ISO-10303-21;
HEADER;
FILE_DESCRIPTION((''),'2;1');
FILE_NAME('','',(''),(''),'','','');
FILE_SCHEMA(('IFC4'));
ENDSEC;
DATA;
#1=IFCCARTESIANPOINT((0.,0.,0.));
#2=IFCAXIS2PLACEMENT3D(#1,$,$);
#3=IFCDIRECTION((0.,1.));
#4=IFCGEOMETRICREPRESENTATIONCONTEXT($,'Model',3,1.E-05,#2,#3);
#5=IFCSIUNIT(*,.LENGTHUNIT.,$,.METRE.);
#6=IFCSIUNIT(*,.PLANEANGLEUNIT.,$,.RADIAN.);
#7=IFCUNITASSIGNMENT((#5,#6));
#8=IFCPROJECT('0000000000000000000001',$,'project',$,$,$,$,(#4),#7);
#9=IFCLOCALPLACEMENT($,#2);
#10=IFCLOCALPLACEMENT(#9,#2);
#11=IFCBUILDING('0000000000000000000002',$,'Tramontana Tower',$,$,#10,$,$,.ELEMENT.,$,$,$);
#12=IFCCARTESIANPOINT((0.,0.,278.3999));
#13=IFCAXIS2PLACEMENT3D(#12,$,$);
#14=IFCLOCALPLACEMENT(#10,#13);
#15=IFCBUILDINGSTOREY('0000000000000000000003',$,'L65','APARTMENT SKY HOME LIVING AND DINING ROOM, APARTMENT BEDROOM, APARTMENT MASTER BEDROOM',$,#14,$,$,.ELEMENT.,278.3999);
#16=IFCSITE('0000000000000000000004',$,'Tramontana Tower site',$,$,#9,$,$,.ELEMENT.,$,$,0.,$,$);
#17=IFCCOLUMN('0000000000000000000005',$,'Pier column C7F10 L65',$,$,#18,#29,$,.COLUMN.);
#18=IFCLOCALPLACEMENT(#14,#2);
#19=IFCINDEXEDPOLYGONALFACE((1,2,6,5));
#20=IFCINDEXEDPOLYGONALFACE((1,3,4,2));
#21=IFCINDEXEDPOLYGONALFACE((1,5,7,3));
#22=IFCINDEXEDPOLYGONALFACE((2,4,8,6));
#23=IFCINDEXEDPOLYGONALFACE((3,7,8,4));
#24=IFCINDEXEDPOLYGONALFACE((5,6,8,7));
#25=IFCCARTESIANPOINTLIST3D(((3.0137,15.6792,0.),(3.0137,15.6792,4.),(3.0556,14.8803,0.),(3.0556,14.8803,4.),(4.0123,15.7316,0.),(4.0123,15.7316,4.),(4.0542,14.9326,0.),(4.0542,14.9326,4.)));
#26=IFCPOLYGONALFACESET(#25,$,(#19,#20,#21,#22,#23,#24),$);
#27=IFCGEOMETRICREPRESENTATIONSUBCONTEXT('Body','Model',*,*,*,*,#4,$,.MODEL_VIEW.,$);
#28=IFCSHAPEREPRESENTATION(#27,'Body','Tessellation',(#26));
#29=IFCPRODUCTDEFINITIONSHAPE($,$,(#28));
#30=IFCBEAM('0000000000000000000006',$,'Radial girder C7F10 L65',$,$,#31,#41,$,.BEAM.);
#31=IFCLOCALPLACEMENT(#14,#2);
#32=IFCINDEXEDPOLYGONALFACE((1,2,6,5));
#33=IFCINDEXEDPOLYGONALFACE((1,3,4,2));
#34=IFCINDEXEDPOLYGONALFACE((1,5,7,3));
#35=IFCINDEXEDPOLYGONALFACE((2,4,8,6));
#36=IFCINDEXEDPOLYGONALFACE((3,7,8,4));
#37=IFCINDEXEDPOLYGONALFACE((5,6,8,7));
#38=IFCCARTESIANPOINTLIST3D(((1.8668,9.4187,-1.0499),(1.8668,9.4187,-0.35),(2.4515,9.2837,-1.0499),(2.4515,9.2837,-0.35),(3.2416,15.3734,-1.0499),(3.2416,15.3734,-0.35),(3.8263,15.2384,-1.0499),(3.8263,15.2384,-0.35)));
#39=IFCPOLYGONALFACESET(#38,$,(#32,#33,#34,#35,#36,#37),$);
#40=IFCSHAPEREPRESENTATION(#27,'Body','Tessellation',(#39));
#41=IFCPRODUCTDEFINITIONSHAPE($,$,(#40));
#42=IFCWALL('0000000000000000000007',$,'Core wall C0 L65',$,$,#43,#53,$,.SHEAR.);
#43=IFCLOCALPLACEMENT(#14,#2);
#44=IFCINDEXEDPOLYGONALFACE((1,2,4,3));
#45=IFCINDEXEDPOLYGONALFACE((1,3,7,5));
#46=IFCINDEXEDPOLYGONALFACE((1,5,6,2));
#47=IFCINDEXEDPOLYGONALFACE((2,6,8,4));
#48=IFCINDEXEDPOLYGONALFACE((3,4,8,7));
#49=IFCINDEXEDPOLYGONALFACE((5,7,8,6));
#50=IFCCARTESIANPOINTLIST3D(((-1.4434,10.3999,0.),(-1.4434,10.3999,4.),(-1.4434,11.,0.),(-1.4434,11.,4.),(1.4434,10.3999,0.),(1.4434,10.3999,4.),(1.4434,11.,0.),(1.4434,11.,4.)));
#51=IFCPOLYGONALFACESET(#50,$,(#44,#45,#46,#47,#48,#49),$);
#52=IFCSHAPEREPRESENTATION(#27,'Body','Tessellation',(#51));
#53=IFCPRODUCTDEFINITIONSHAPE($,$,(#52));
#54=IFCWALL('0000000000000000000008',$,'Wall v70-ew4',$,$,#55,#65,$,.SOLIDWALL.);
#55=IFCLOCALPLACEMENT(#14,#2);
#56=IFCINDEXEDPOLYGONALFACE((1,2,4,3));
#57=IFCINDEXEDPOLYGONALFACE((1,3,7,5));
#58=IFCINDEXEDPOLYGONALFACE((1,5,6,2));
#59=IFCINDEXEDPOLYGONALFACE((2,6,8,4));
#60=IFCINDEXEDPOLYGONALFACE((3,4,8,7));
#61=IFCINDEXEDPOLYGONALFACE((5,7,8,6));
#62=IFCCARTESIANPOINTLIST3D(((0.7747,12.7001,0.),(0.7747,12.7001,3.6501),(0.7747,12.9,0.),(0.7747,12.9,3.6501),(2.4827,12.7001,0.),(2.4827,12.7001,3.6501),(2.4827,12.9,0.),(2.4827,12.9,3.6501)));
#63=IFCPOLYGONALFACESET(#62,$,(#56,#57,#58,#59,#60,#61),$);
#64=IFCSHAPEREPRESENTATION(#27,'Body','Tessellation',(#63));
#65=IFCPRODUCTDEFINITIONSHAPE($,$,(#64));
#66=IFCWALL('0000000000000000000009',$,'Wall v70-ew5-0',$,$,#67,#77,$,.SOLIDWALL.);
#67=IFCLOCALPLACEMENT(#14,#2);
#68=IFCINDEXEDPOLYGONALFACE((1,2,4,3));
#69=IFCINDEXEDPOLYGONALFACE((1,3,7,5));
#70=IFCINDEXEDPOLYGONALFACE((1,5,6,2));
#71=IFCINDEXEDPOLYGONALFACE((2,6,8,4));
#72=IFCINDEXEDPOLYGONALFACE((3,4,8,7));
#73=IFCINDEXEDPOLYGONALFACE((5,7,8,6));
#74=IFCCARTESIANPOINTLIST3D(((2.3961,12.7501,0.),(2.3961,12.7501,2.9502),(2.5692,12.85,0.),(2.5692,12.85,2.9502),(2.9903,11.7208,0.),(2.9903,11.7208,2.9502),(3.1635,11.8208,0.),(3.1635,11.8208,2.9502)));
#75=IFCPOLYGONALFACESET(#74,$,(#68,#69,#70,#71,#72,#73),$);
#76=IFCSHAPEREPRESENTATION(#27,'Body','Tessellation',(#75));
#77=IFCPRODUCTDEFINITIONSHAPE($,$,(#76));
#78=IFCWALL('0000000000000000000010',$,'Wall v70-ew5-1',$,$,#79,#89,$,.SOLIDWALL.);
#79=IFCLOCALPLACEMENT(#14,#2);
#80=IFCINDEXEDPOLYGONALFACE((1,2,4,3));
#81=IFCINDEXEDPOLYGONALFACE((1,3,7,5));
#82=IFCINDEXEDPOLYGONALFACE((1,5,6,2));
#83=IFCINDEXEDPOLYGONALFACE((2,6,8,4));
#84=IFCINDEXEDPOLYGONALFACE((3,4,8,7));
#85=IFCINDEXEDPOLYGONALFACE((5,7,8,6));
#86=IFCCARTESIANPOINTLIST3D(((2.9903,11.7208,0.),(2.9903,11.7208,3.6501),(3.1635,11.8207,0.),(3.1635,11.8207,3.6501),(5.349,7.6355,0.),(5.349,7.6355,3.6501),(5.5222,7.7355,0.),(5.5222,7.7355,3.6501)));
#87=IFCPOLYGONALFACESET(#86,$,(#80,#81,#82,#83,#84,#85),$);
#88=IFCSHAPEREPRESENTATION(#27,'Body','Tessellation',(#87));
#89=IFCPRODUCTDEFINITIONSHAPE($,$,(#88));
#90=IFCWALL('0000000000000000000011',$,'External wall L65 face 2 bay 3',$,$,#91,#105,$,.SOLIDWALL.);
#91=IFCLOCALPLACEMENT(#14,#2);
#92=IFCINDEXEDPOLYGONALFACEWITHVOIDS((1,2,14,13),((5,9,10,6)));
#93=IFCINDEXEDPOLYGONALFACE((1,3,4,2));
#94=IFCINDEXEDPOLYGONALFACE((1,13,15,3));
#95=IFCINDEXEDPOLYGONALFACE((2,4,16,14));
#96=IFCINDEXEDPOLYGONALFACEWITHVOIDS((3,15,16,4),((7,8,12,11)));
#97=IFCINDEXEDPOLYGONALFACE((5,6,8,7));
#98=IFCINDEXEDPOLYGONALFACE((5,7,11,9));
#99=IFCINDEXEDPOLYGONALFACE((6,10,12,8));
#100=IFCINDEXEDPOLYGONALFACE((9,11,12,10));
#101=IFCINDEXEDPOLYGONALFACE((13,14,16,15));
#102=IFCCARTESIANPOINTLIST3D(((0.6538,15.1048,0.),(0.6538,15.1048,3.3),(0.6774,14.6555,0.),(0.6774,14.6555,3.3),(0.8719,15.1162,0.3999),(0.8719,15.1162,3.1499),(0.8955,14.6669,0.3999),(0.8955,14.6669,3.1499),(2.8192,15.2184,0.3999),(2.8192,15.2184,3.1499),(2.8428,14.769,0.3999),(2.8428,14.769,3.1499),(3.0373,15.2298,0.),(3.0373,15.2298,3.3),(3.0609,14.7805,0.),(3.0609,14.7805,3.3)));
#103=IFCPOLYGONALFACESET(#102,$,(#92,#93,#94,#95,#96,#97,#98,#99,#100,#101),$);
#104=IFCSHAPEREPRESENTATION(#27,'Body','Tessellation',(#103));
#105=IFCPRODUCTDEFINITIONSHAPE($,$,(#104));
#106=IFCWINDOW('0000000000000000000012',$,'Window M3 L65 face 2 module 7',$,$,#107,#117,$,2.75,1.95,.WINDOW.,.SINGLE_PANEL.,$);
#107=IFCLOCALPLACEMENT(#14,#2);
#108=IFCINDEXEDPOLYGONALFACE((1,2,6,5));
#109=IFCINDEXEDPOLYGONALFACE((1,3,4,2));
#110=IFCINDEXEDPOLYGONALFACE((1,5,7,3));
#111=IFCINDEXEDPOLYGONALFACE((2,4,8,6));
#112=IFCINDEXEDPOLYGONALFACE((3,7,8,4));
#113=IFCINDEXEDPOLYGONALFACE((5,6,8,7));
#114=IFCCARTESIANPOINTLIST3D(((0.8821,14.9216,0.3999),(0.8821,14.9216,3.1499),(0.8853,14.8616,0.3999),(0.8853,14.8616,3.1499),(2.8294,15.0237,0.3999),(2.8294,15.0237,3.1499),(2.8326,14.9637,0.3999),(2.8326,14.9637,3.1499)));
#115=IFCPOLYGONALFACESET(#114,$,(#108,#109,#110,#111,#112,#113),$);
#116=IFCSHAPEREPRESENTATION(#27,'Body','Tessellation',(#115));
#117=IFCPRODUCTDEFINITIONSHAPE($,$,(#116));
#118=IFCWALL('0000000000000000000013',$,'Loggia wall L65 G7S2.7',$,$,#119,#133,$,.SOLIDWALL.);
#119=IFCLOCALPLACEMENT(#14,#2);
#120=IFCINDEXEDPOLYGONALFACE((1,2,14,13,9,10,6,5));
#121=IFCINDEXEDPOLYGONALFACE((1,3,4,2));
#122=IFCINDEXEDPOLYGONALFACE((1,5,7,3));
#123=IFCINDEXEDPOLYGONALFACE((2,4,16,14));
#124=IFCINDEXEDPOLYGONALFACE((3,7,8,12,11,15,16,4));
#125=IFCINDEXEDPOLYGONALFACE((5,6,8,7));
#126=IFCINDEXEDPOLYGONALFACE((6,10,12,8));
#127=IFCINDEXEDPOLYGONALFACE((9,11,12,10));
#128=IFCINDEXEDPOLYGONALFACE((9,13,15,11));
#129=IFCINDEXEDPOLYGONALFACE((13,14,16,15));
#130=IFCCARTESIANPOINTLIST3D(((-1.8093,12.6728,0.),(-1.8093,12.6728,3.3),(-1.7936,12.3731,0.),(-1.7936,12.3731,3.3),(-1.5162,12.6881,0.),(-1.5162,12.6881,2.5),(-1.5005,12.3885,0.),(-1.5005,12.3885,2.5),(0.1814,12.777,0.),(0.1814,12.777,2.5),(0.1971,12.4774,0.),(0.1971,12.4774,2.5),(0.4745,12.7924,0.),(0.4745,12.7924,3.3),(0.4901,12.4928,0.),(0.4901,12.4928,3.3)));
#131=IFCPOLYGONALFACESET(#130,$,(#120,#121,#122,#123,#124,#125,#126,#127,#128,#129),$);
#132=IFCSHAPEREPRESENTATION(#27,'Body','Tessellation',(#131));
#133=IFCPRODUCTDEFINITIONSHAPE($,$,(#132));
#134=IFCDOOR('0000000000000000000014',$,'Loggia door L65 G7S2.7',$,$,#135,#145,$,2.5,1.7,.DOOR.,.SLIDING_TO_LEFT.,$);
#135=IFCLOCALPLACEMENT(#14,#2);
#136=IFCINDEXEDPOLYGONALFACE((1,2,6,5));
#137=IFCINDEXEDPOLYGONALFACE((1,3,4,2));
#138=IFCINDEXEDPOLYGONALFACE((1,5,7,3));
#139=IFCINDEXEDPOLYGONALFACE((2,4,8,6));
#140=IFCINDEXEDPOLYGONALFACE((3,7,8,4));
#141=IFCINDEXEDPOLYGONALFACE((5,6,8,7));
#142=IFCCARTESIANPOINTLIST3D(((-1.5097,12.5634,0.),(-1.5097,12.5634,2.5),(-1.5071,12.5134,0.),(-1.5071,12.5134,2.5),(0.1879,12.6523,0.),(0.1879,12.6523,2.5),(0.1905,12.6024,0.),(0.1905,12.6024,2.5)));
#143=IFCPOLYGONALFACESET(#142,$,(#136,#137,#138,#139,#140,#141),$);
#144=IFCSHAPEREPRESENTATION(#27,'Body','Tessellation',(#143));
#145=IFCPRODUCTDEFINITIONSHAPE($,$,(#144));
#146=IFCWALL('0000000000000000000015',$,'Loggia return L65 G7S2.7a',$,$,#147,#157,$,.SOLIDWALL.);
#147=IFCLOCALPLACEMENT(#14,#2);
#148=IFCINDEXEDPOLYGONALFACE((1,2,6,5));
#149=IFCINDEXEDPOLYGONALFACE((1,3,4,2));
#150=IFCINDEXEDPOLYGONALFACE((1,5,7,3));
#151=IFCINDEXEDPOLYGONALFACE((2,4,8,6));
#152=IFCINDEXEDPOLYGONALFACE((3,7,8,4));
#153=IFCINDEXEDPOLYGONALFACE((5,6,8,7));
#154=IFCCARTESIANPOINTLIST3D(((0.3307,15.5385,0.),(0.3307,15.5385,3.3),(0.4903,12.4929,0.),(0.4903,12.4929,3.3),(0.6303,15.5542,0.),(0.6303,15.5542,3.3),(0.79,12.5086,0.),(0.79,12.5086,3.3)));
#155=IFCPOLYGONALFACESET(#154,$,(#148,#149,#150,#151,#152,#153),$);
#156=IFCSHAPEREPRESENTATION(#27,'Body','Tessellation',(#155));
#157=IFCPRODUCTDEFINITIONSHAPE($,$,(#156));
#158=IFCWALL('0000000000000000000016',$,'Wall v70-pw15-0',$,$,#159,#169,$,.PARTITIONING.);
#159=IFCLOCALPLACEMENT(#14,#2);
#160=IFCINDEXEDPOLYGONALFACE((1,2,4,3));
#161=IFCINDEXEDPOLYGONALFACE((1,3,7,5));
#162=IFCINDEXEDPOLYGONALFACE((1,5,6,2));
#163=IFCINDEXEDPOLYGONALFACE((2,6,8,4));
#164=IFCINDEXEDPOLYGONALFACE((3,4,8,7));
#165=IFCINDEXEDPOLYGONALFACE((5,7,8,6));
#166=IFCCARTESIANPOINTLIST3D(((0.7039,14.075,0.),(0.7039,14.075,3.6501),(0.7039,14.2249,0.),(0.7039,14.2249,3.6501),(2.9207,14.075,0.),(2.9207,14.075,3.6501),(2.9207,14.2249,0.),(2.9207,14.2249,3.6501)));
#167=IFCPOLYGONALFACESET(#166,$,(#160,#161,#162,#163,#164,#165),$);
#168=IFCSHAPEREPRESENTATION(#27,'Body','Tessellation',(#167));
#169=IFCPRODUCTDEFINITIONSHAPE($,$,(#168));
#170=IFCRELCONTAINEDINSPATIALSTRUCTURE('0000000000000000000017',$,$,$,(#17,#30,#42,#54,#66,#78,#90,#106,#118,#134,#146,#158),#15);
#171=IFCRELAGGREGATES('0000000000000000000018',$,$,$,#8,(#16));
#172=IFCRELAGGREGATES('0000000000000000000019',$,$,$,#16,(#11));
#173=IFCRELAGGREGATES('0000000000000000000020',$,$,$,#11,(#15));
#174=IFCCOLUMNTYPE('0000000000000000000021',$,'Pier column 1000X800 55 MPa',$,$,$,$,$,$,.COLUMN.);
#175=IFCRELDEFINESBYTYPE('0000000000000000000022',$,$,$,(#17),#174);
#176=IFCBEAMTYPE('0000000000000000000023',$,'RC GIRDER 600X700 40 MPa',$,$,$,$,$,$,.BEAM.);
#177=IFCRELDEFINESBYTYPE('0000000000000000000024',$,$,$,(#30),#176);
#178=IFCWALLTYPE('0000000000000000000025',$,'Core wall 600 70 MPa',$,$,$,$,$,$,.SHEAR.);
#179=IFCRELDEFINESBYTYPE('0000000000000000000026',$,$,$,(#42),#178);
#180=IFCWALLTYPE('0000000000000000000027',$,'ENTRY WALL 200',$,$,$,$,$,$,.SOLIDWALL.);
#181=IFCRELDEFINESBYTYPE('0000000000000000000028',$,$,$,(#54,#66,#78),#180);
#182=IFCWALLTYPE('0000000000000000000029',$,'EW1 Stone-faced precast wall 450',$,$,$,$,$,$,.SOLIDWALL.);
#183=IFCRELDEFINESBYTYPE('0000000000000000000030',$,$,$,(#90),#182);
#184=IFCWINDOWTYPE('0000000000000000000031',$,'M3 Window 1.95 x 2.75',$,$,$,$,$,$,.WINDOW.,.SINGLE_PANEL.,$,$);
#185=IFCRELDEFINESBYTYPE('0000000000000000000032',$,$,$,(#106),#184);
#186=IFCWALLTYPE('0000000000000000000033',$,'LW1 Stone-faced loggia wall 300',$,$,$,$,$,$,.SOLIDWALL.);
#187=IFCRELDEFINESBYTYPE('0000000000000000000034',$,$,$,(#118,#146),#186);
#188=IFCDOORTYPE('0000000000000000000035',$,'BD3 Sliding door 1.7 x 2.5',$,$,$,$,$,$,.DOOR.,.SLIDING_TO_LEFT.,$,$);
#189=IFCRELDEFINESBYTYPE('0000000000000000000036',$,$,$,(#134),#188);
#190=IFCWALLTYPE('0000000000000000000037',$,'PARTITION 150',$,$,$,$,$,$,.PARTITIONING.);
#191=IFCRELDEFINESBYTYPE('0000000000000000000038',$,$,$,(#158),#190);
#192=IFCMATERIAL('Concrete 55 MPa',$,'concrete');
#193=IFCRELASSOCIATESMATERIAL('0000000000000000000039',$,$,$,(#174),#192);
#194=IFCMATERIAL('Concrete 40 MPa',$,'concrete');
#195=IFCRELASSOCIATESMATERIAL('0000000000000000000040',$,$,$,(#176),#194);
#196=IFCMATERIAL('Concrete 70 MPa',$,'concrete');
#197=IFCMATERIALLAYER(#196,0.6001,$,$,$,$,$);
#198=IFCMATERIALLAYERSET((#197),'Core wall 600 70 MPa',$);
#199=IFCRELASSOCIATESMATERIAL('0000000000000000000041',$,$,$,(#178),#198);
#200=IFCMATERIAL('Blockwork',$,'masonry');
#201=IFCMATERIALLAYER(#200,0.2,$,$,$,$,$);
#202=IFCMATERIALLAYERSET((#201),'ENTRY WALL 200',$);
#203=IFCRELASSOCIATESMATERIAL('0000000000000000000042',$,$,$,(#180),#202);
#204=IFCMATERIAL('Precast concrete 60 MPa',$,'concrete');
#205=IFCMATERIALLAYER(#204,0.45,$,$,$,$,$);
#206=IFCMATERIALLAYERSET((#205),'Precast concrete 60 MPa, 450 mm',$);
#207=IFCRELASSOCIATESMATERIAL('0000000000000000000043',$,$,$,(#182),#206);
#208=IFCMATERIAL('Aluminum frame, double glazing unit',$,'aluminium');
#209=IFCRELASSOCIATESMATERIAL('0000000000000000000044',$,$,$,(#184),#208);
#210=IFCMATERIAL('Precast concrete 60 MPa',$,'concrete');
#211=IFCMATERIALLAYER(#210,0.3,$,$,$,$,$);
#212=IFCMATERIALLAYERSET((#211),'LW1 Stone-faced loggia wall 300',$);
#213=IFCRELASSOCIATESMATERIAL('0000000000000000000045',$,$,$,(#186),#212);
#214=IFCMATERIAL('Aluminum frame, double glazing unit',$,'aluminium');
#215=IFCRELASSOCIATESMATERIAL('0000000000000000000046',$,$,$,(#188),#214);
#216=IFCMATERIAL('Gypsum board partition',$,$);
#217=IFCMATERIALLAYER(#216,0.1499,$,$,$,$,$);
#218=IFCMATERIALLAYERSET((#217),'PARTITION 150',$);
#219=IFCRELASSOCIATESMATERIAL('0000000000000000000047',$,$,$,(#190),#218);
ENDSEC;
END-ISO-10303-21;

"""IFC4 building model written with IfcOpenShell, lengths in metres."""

from ifc_helpers import new_model, si_unit, direction, frame, frame_2d, origin, origin_2d, place, context, subcontext, project, spatial, rectangle, extrude, material, layer, layer_set, material_profile, profile_set, type_object, element, fill, save


model = new_model("IFC4")

# Units and contexts
model_context = context("Model", 3, precision=1e-05, world=origin(), true_north=direction((0.0, 1.0)))
body_context = subcontext(model_context, "Body", "Model", "MODEL_VIEW")
ifc_project = project(units=[si_unit("LENGTHUNIT", "METRE"), si_unit("PLANEANGLEUNIT", "RADIAN")], contexts=[model_context])

# Site, building, storey
site_placement = place(None, origin())
site = spatial("IfcSite", under=ifc_project, at=site_placement, Name="Tramontana Tower site", CompositionType="ELEMENT", RefElevation=0.0)
building_placement = place(site_placement, origin())
building = spatial("IfcBuilding", under=site, at=building_placement, Name="Tramontana Tower", CompositionType="ELEMENT")
storey_placement = place(building_placement, frame((0.0, 0.0, 278.3999)))
storey = spatial("IfcBuildingStorey", under=building, at=storey_placement, Name="L65", Description="APARTMENT SKY HOME LIVING AND DINING ROOM, APARTMENT BEDROOM, APARTMENT MASTER BEDROOM", CompositionType="ELEMENT", Elevation=278.3999)

# Column
ifc_material_1 = material(Name="Concrete 55 MPa", Category="concrete")
ifc_material_profile_1 = material_profile(ifc_material_1, rectangle(XDim=1.0, YDim=0.8, at=origin_2d()), Name="Pier column 1000X800 55 MPa")
ifc_profile_set_1 = profile_set([ifc_material_profile_1], Name="Concrete 55 MPa")
column_type = type_object("IfcColumnType", Name="Pier column 1000X800 55 MPa", PredefinedType="COLUMN", material=ifc_profile_set_1)
column_placement = place(storey_placement, frame((3.5339, 15.3059, 0.0), z_axis=(0.0, 0.0, 1.0), x_axis=(-0.99863, -0.052336, 0.0)))
element("IfcColumn", 1, at=column_placement, inside=storey, type_object=column_type, Name="Pier column C7F10 L65", PredefinedType="COLUMN", context=body_context, shape_type="SweptSolid", body=[
    extrude(rectangle(XDim=1.0, YDim=0.8, at=origin_2d()), origin(), (0.0, 0.0, 1.0), 4.0),
])

# Beam
ifc_material_2 = material(Name="Concrete 40 MPa", Category="concrete")
ifc_material_profile_2 = material_profile(ifc_material_2, rectangle(XDim=0.6001, YDim=0.7, at=origin_2d()), Name="RC GIRDER 600X700 40 MPa")
ifc_profile_set_2 = profile_set([ifc_material_profile_2], Name="Concrete 40 MPa")
beam_type = type_object("IfcBeamType", Name="RC GIRDER 600X700 40 MPa", PredefinedType="BEAM", material=ifc_profile_set_2)
beam_placement = place(storey_placement, frame((3.5339, 15.3059, -0.7), z_axis=(-0.224956, -0.974369, 0.0), x_axis=(0.974369, -0.224956, 0.0)))
element("IfcBeam", 2, at=beam_placement, inside=storey, type_object=beam_type, Name="Radial girder C7F10 L65", PredefinedType="BEAM", context=body_context, shape_type="SweptSolid", body=[
    extrude(rectangle(XDim=0.6001, YDim=0.7, at=origin_2d()), origin(), (0.0, 0.0, 1.0), 6.1113),
])

# Walls
ifc_material_3 = material(Name="Concrete 70 MPa", Category="concrete")
ifc_layer_1 = layer(ifc_material_3, 0.6001)
ifc_layer_set_1 = layer_set([ifc_layer_1], Name="Core wall 600 70 MPa")
wall_type_1 = type_object("IfcWallType", Name="Core wall 600 70 MPa", PredefinedType="SHEAR", material=ifc_layer_set_1)
wall_1_placement = place(storey_placement, frame((1.4434, 10.7, 0.0), z_axis=(0.0, 0.0, 1.0), x_axis=(-1.0, 0.0, 0.0)))
element("IfcWall", 3, at=wall_1_placement, inside=storey, type_object=wall_type_1, Name="Core wall C0 L65", PredefinedType="SHEAR", context=body_context, shape_type="SweptSolid", body=[
    extrude(rectangle(XDim=2.8867, YDim=0.6001, at=frame_2d((1.4434, 0.0))), origin(), (0.0, 0.0, 1.0), 4.0),
])
ifc_material_4 = material(Name="Blockwork", Category="masonry")
ifc_layer_2 = layer(ifc_material_4, 0.2)
ifc_layer_set_2 = layer_set([ifc_layer_2], Name="ENTRY WALL 200")
wall_type_2 = type_object("IfcWallType", Name="ENTRY WALL 200", PredefinedType="SOLIDWALL", material=ifc_layer_set_2)
wall_2_placement = place(storey_placement, frame((0.7747, 12.8, 0.0), z_axis=(0.0, 0.0, 1.0), x_axis=(1.0, 0.0, 0.0)))
element("IfcWall", 4, at=wall_2_placement, inside=storey, type_object=wall_type_2, Name="Wall v70-ew4", PredefinedType="SOLIDWALL", context=body_context, shape_type="SweptSolid", body=[
    extrude(rectangle(XDim=1.708, YDim=0.2, at=frame_2d((0.854, 0.0))), origin(), (0.0, 0.0, 1.0), 3.6501),
])
wall_3_placement = place(storey_placement, frame((2.4827, 12.8, 0.0), z_axis=(0.0, 0.0, 1.0), x_axis=(0.499983, -0.866035, 0.0)))
element("IfcWall", 5, at=wall_3_placement, inside=storey, type_object=wall_type_2, Name="Wall v70-ew5-0", PredefinedType="SOLIDWALL", context=body_context, shape_type="SweptSolid", body=[
    extrude(rectangle(XDim=1.1885, YDim=0.2, at=frame_2d((0.5942, 0.0))), origin(), (0.0, 0.0, 1.0), 2.9502),
])
wall_4_placement = place(storey_placement, frame((3.0769, 11.7708, 0.0), z_axis=(0.0, 0.0, 1.0), x_axis=(0.500008, -0.866021, 0.0)))
element("IfcWall", 6, at=wall_4_placement, inside=storey, type_object=wall_type_2, Name="Wall v70-ew5-1", PredefinedType="SOLIDWALL", context=body_context, shape_type="SweptSolid", body=[
    extrude(rectangle(XDim=4.7173, YDim=0.2, at=frame_2d((2.3586, 0.0))), origin(), (0.0, 0.0, 1.0), 3.6501),
])

# Wall, opening, window
ifc_material_5 = material(Name="Precast concrete 60 MPa", Category="concrete")
ifc_layer_3 = layer(ifc_material_5, 0.45)
ifc_layer_set_3 = layer_set([ifc_layer_3], Name="Precast concrete 60 MPa, 450 mm")
wall_type_3 = type_object("IfcWallType", Name="EW1 Stone-faced precast wall 450", PredefinedType="SOLIDWALL", material=ifc_layer_set_3)
wall_5_placement = place(storey_placement, frame((3.0491, 15.0051, 0.0), z_axis=(0.0, 0.0, 1.0), x_axis=(-0.998628, -0.052371, 0.0)))
wall_5 = element("IfcWall", 7, at=wall_5_placement, inside=storey, type_object=wall_type_3, Name="External wall L65 face 2 bay 3", PredefinedType="SOLIDWALL", context=body_context, shape_type="SweptSolid", body=[
    extrude(rectangle(XDim=2.3867, YDim=0.45, at=frame_2d((1.1934, 0.0))), origin(), (0.0, 0.0, 1.0), 3.3),
])
opening_1_placement = place(wall_5_placement, frame((0.2183, 0.0, 0.3999)))
opening_1 = element("IfcOpeningElement", 8, at=opening_1_placement, cuts=wall_5, PredefinedType="OPENING", context=body_context, shape_type="SweptSolid", body=[
    extrude(rectangle(XDim=1.95, YDim=2.75, at=frame_2d((0.9751, 1.375))), frame((0.0, 0.2349, 0.0), z_axis=(0.0, -1.0, 0.0), x_axis=(1.0, 0.0, 0.0)), (0.0, 0.0, 1.0), 0.47),
])
ifc_material_6 = material(Name="Aluminum frame, double glazing unit", Category="aluminium")
window_type = type_object("IfcWindowType", Name="M3 Window 1.95 x 2.75", PartitioningType="SINGLE_PANEL", PredefinedType="WINDOW", material=ifc_material_6)
window_placement = place(opening_1_placement, origin())
window = element("IfcWindow", 9, at=window_placement, inside=storey, type_object=window_type, Name="Window M3 L65 face 2 module 7", OverallHeight=2.75, OverallWidth=1.95, PartitioningType="SINGLE_PANEL", PredefinedType="WINDOW", context=body_context, shape_type="SweptSolid", body=[
    extrude(rectangle(XDim=1.95, YDim=2.75, at=frame_2d((0.9751, 1.375))), frame((0.0, 0.03, 0.0), z_axis=(0.0, -1.0, 0.0), x_axis=(1.0, 0.0, 0.0)), (0.0, 0.0, 1.0), 0.0601),
])
fill(opening_1, window)

# Wall, opening, door
ifc_material_7 = material(Name="Precast concrete 60 MPa", Category="concrete")
ifc_layer_4 = layer(ifc_material_7, 0.3)
ifc_layer_set_4 = layer_set([ifc_layer_4], Name="LW1 Stone-faced loggia wall 300")
wall_type_4 = type_object("IfcWallType", Name="LW1 Stone-faced loggia wall 300", PredefinedType="SOLIDWALL", material=ifc_layer_set_4)
wall_6_placement = place(storey_placement, frame((0.4824, 12.6426, 0.0), z_axis=(0.0, 0.0, 1.0), x_axis=(-0.998631, -0.052312, 0.0)))
wall_6 = element("IfcWall", 10, at=wall_6_placement, inside=storey, type_object=wall_type_4, Name="Loggia wall L65 G7S2.7", PredefinedType="SOLIDWALL", context=body_context, shape_type="SweptSolid", body=[
    extrude(rectangle(XDim=2.2869, YDim=0.3, at=frame_2d((1.1436, 0.0))), origin(), (0.0, 0.0, 1.0), 3.3),
])
opening_2_placement = place(wall_6_placement, frame((0.2935, 0.0, 0.0)))
opening_2 = element("IfcOpeningElement", 11, at=opening_2_placement, cuts=wall_6, PredefinedType="OPENING", context=body_context, shape_type="SweptSolid", body=[
    extrude(rectangle(XDim=1.7, YDim=2.5, at=frame_2d((0.8501, 1.25))), frame((0.0, 0.1599, 0.0), z_axis=(0.0, -1.0, 0.0), x_axis=(1.0, 0.0, 0.0)), (0.0, 0.0, 1.0), 0.3201),
])
ifc_material_8 = material(Name="Aluminum frame, double glazing unit", Category="aluminium")
door_type_1 = type_object("IfcDoorType", Name="BD3 Sliding door 1.7 x 2.5", OperationType="SLIDING_TO_LEFT", PredefinedType="DOOR", material=ifc_material_8)
door_1_placement = place(opening_2_placement, origin())
door_1 = element("IfcDoor", 12, at=door_1_placement, inside=storey, type_object=door_type_1, Name="Loggia door L65 G7S2.7", OperationType="SLIDING_TO_LEFT", OverallHeight=2.5, OverallWidth=1.7, PredefinedType="DOOR", context=body_context, shape_type="SweptSolid", body=[
    extrude(rectangle(XDim=1.7, YDim=2.5, at=frame_2d((0.8501, 1.25))), frame((0.0, 0.0249, 0.0), z_axis=(0.0, -1.0, 0.0), x_axis=(1.0, 0.0, 0.0)), (0.0, 0.0, 1.0), 0.05),
])
fill(opening_2, door_1)

# Walls
wall_7_placement = place(storey_placement, frame((0.4805, 15.5464, 0.0), z_axis=(0.0, 0.0, 1.0), x_axis=(0.052353, -0.998629, 0.0)))
element("IfcWall", 13, at=wall_7_placement, inside=storey, type_object=wall_type_4, Name="Loggia return L65 G7S2.7a", PredefinedType="SOLIDWALL", context=body_context, shape_type="SweptSolid", body=[
    extrude(rectangle(XDim=3.0498, YDim=0.3, at=frame_2d((1.5249, 0.0))), origin(), (0.0, 0.0, 1.0), 3.3),
])
ifc_material_9 = material(Name="Gypsum board partition")
ifc_layer_5 = layer(ifc_material_9, 0.1499)
ifc_layer_set_5 = layer_set([ifc_layer_5], Name="PARTITION 150")
wall_type_5 = type_object("IfcWallType", Name="PARTITION 150", PredefinedType="PARTITIONING", material=ifc_layer_set_5)
wall_8_placement = place(storey_placement, frame((0.7039, 14.1499, 0.0), z_axis=(0.0, 0.0, 1.0), x_axis=(1.0, 0.0, 0.0)))
element("IfcWall", 14, at=wall_8_placement, inside=storey, type_object=wall_type_5, Name="Wall v70-pw15-0", PredefinedType="PARTITIONING", context=body_context, shape_type="SweptSolid", body=[
    extrude(rectangle(XDim=2.2168, YDim=0.1499, at=frame_2d((1.1084, 0.0))), origin(), (0.0, 0.0, 1.0), 3.6501),
])

save(model, "model.ifc")
